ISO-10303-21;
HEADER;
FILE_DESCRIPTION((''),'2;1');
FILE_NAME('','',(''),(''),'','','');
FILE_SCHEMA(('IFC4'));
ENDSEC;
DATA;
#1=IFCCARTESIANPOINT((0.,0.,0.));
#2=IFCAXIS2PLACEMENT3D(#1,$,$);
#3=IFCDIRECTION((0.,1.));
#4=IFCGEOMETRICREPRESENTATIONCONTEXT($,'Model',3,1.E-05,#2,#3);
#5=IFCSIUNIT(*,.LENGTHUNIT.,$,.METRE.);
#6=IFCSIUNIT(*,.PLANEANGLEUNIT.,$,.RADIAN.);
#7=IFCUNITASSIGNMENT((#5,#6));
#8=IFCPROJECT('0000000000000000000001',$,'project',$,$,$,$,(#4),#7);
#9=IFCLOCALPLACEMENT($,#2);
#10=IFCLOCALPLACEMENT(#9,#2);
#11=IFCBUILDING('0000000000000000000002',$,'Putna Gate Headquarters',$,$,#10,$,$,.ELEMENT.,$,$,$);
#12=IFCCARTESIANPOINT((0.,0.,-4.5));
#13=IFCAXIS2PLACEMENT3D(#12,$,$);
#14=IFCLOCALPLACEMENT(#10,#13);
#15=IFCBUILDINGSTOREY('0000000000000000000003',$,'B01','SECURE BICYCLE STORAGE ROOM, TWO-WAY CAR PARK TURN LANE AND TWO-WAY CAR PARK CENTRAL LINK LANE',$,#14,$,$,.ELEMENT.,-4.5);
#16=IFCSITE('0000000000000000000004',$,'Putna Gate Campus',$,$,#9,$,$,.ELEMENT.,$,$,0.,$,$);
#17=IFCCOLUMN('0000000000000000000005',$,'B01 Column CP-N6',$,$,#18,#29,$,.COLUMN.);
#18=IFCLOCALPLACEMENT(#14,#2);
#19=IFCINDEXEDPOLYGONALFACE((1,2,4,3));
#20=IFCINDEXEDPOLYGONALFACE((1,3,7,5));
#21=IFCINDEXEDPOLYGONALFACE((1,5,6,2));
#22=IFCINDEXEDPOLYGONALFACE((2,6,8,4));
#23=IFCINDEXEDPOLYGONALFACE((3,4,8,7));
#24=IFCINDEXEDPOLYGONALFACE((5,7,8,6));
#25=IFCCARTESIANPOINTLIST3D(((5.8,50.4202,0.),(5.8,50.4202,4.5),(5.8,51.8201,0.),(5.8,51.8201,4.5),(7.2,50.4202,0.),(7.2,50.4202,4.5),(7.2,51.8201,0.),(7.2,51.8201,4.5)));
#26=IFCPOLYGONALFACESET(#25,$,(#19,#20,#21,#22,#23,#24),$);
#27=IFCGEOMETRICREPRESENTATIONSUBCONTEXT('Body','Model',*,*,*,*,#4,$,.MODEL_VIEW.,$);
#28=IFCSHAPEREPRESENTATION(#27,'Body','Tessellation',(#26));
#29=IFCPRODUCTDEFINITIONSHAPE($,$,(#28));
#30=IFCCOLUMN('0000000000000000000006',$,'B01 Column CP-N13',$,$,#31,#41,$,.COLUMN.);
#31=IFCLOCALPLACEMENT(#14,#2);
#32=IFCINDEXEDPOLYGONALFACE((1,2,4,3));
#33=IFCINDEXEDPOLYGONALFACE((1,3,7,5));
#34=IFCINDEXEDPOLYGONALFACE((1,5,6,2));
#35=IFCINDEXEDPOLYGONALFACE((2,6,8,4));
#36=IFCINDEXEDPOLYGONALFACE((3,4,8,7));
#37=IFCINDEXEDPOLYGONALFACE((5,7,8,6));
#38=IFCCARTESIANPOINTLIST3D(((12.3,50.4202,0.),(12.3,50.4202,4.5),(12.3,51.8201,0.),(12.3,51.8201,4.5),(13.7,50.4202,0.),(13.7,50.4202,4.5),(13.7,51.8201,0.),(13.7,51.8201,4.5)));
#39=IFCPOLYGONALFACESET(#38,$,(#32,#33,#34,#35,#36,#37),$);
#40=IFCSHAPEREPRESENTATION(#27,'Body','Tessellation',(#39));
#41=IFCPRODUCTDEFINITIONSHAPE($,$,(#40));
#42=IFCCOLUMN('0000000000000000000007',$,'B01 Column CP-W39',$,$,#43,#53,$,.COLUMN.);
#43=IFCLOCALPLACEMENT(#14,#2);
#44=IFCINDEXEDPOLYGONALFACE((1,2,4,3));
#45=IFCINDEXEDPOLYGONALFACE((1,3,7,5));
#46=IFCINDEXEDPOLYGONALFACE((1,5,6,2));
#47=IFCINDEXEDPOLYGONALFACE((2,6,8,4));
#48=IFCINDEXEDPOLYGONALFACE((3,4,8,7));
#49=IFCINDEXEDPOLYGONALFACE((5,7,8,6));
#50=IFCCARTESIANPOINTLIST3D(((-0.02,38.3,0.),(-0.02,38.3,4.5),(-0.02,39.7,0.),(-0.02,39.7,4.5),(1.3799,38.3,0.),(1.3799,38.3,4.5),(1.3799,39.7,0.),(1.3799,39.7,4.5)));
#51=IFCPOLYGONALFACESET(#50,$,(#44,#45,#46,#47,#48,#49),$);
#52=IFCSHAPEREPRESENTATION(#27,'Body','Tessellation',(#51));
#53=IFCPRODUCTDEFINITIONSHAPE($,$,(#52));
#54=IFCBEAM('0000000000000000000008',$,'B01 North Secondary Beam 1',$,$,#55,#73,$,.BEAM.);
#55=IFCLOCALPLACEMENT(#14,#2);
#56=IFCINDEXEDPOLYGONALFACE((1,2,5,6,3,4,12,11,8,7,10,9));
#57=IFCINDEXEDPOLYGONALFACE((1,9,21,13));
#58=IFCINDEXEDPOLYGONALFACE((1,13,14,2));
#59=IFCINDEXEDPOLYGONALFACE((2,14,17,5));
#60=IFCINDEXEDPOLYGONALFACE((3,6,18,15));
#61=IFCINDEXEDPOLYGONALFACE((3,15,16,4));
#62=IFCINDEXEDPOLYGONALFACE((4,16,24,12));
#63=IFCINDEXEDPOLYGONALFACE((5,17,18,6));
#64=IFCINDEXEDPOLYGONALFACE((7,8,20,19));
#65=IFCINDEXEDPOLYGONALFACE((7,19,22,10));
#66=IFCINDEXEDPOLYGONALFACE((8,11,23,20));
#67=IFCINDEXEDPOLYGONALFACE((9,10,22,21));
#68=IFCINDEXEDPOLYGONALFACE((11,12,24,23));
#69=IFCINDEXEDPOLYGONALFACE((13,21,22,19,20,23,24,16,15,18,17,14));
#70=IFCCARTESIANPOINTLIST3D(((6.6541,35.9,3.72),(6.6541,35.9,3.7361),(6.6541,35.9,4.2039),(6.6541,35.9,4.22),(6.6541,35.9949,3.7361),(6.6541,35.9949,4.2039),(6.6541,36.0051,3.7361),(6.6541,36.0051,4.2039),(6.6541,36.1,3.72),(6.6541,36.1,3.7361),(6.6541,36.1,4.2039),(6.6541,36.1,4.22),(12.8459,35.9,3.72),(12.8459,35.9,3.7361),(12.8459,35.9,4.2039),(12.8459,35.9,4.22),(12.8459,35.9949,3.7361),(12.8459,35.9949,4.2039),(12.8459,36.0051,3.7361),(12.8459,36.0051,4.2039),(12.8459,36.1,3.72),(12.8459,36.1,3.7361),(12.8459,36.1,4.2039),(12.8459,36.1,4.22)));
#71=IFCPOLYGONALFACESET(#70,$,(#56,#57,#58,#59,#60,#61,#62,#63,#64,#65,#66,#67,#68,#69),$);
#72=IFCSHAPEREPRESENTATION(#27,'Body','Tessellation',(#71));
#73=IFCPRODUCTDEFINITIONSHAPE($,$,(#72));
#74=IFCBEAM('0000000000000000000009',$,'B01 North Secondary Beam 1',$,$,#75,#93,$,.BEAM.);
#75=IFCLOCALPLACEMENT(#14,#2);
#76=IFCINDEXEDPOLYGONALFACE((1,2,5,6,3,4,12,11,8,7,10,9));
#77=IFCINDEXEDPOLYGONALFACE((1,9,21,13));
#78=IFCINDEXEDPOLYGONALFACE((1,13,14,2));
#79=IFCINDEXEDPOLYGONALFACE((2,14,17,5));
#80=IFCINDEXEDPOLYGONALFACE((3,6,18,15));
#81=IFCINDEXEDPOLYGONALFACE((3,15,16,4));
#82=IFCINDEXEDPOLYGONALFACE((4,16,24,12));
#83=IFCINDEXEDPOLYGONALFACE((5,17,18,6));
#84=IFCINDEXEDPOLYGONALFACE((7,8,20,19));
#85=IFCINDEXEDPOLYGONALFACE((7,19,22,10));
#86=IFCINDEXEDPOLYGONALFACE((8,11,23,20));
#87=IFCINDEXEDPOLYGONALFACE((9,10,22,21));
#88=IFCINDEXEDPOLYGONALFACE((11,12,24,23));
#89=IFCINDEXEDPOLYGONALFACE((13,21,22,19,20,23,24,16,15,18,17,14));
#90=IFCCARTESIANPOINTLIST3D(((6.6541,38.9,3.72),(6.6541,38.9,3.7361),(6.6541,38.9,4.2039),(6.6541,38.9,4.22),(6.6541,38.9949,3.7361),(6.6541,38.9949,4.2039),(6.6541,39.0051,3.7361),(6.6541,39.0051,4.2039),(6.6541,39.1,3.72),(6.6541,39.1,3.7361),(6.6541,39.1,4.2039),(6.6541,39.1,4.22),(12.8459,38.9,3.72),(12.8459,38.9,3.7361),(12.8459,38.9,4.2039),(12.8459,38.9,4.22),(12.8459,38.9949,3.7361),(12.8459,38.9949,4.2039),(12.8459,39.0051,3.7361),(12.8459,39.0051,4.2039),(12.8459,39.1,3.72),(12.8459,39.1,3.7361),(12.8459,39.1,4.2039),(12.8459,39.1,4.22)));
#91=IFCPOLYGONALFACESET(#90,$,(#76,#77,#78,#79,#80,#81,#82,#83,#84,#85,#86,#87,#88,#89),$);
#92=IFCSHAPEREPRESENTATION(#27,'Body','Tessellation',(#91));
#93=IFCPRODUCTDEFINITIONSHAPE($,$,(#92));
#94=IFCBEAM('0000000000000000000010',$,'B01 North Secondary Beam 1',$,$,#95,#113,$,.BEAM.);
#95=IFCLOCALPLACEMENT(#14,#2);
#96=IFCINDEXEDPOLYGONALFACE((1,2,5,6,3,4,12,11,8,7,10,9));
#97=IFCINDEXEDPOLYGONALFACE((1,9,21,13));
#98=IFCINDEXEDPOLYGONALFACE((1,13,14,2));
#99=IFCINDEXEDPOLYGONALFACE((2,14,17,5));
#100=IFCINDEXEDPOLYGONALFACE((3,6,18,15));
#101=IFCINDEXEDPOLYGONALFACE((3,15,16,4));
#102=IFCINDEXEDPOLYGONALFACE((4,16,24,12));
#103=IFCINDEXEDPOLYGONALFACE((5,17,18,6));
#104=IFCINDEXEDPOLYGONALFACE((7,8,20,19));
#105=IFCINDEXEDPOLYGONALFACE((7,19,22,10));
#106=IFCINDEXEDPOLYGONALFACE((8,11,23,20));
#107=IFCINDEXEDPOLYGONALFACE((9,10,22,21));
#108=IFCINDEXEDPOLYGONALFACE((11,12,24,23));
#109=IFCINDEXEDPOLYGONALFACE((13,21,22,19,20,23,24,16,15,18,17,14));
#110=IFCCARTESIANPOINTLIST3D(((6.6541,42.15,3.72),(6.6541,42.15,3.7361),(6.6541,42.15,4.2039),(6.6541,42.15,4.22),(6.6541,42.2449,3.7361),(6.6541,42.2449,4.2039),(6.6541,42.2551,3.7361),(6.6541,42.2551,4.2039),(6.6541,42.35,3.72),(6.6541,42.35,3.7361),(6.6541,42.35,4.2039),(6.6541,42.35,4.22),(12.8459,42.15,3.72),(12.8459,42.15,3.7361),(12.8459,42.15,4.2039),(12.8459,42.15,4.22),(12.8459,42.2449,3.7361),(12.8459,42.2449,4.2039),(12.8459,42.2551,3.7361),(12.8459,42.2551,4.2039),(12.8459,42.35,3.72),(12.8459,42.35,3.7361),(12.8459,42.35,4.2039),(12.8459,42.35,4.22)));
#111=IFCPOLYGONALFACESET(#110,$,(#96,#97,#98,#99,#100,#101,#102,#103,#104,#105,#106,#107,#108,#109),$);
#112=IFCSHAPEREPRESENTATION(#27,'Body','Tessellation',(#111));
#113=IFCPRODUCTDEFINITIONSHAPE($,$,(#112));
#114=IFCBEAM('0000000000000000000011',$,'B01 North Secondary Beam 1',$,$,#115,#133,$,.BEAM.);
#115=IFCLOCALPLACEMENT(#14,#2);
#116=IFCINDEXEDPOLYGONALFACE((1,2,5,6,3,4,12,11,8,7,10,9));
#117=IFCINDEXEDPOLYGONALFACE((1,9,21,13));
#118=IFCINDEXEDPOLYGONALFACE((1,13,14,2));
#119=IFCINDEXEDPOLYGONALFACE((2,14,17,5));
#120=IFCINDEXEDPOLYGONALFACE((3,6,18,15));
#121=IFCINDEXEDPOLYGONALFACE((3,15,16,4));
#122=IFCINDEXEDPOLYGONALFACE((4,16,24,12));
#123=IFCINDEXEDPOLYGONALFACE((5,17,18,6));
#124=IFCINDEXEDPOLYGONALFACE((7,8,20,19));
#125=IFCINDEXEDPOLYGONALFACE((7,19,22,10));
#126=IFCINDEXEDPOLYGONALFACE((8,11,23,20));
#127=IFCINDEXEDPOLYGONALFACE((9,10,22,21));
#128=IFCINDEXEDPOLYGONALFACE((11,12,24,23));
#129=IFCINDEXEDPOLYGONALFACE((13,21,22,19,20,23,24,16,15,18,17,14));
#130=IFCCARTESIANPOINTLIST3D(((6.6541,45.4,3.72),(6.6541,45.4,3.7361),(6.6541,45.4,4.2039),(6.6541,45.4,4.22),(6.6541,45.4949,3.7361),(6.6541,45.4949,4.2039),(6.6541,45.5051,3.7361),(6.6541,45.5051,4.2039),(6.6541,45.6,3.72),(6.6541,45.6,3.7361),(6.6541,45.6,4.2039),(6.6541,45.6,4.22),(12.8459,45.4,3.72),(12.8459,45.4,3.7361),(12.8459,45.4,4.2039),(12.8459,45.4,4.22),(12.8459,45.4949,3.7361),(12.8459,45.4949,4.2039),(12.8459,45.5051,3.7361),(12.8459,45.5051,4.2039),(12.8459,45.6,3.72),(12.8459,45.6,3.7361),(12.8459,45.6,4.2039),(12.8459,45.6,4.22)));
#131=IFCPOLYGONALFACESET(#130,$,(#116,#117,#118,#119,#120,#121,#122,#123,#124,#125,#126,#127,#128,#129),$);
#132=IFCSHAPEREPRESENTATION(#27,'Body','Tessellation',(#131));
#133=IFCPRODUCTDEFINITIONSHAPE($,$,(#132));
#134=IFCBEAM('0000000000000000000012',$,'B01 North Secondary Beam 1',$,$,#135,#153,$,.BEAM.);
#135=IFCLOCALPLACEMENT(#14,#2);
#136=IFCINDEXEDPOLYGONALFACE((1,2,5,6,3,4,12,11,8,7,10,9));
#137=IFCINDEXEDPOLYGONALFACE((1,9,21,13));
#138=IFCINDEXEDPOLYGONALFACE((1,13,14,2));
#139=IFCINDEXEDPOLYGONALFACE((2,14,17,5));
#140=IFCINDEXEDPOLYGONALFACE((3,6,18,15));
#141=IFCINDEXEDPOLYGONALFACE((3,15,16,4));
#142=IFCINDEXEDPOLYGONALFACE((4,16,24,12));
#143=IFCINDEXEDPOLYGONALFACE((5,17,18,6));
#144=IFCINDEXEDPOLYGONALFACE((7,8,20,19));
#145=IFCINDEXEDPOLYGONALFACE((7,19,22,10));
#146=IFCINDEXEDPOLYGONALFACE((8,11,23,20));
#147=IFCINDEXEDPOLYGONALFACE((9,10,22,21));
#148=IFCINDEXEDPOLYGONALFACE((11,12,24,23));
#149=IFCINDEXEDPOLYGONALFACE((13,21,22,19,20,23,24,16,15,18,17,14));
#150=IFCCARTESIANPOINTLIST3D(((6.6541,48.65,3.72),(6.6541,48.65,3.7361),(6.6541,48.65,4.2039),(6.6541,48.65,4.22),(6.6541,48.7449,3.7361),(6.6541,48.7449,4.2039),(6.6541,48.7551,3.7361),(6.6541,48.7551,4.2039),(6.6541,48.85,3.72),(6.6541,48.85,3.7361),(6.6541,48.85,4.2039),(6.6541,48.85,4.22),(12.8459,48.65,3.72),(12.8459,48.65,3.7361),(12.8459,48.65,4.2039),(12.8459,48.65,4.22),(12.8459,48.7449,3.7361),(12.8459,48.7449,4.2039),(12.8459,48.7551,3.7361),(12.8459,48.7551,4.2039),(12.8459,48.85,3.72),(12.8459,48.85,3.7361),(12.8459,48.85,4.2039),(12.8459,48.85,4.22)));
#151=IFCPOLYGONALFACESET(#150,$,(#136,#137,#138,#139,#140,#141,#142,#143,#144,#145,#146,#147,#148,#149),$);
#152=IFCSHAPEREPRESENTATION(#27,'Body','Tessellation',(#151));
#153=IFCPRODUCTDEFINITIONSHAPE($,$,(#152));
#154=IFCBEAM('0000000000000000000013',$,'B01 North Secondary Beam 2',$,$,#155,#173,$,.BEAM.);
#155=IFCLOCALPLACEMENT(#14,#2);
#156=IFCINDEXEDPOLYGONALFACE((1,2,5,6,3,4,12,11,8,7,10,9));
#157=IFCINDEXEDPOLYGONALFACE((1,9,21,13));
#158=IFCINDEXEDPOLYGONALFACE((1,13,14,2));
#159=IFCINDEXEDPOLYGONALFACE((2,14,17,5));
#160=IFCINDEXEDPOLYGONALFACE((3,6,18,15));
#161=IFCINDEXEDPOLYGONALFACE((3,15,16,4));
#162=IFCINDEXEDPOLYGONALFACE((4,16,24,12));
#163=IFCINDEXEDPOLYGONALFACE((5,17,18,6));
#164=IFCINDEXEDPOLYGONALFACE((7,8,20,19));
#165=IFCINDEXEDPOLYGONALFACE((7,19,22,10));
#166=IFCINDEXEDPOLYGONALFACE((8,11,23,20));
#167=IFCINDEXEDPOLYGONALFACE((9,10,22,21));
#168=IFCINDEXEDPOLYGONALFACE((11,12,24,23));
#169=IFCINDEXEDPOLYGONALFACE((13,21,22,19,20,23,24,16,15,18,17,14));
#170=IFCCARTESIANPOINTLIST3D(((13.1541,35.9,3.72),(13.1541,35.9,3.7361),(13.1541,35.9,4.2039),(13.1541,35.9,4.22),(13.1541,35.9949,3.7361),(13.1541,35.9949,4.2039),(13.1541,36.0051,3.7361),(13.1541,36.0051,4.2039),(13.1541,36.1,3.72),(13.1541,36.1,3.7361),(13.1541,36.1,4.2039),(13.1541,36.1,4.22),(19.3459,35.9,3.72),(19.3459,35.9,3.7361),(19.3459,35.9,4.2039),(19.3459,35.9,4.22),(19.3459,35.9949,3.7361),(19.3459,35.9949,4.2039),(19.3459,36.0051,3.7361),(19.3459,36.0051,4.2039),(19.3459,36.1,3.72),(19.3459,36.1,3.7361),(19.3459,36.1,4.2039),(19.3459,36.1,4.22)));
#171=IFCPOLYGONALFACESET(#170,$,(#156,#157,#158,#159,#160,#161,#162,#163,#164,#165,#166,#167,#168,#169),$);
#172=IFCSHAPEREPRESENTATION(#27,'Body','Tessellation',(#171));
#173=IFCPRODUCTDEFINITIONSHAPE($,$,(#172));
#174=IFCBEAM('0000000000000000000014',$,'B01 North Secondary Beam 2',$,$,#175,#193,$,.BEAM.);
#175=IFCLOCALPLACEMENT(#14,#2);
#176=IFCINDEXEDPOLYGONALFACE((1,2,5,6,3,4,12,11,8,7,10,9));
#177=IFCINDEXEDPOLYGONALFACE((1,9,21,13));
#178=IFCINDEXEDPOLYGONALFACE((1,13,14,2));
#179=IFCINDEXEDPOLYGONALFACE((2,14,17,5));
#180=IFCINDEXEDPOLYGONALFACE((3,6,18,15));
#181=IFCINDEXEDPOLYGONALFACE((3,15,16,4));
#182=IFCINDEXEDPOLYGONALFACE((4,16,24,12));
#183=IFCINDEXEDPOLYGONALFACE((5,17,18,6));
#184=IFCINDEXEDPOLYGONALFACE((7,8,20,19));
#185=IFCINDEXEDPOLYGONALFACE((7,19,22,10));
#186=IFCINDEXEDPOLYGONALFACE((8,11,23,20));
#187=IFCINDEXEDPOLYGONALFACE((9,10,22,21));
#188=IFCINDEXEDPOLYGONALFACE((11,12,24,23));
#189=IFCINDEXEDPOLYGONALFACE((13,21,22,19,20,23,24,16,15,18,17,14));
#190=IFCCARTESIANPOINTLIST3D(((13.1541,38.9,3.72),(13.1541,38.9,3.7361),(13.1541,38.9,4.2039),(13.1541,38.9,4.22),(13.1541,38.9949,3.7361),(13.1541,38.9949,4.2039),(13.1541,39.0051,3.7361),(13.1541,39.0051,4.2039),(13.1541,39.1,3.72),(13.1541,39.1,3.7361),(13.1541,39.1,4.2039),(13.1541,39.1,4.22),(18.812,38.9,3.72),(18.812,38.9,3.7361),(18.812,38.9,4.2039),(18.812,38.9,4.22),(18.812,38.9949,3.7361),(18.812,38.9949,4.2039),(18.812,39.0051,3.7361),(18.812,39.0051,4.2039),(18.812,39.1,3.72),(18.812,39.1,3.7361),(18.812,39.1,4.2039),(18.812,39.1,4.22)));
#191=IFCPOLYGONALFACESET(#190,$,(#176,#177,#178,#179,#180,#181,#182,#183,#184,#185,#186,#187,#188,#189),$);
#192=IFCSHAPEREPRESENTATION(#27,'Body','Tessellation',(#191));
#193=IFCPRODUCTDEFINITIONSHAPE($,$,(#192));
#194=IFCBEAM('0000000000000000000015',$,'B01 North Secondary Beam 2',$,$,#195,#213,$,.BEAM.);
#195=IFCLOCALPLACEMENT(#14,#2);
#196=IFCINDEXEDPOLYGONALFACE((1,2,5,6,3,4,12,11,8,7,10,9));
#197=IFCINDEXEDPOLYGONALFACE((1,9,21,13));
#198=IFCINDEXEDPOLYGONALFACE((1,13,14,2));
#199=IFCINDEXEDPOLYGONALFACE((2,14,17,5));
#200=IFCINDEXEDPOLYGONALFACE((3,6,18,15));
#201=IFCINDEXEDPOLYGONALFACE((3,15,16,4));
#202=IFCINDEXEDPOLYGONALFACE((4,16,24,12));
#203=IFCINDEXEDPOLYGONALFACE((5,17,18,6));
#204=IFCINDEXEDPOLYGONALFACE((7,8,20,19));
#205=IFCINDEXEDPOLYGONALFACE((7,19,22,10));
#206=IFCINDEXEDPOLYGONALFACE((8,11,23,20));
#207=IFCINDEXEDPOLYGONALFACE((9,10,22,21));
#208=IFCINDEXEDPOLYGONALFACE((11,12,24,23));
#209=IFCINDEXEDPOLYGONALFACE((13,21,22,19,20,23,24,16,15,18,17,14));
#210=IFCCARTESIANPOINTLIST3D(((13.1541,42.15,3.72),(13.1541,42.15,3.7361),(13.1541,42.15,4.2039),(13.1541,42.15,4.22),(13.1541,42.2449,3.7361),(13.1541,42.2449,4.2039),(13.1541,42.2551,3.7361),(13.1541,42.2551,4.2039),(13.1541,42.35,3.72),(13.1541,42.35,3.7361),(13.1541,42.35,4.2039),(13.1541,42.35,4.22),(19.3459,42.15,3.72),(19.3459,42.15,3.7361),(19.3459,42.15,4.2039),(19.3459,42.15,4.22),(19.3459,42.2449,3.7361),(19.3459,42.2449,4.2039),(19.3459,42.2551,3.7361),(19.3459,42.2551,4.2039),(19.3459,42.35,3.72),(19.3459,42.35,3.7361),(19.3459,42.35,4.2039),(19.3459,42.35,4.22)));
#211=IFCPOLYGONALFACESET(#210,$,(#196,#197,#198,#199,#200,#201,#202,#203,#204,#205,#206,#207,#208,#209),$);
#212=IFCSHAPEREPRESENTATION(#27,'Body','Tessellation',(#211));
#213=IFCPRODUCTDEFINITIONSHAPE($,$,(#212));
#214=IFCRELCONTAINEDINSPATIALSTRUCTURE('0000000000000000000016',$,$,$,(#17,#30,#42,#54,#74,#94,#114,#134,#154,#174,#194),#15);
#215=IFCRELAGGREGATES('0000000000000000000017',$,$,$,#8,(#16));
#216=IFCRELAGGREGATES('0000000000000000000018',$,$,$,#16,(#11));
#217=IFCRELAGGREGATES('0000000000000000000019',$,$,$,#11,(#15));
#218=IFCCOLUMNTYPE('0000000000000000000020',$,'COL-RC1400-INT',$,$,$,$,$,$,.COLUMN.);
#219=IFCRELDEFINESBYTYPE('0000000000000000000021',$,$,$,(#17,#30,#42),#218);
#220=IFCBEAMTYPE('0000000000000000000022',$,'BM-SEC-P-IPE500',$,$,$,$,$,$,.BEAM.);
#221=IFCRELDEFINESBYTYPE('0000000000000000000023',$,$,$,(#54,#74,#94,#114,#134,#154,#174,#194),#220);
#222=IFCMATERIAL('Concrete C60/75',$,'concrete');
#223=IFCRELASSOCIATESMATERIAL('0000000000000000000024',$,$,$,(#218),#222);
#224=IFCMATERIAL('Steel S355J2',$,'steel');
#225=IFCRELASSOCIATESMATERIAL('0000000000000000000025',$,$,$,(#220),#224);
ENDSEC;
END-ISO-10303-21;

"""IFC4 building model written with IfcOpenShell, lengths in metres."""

from ifc_helpers import new_model, si_unit, direction, frame, origin, origin_2d, place, context, subcontext, project, spatial, rectangle, i_section, extrude, material, material_profile, profile_set, type_object, element, save


model = new_model("IFC4")

# Units and contexts
model_context = context("Model", 3, precision=1e-05, world=origin(), true_north=direction((0.0, 1.0)))
body_context = subcontext(model_context, "Body", "Model", "MODEL_VIEW")
ifc_project = project(units=[si_unit("LENGTHUNIT", "METRE"), si_unit("PLANEANGLEUNIT", "RADIAN")], contexts=[model_context])

# Site, building, storey
site_placement = place(None, origin())
site = spatial("IfcSite", under=ifc_project, at=site_placement, Name="Putna Gate Campus", CompositionType="ELEMENT", RefElevation=0.0)
building_placement = place(site_placement, origin())
building = spatial("IfcBuilding", under=site, at=building_placement, Name="Putna Gate Headquarters", CompositionType="ELEMENT")
storey_placement = place(building_placement, frame((0.0, 0.0, -4.5)))
storey = spatial("IfcBuildingStorey", under=building, at=storey_placement, Name="B01", Description="SECURE BICYCLE STORAGE ROOM, TWO-WAY CAR PARK TURN LANE AND TWO-WAY CAR PARK CENTRAL LINK LANE", CompositionType="ELEMENT", Elevation=-4.5)

# Columns
ifc_material_1 = material(Name="Concrete C60/75", Category="concrete")
ifc_material_profile_1 = material_profile(ifc_material_1, rectangle(XDim=1.3999, YDim=1.3999, at=origin_2d()), Name="Concrete C60/75")
ifc_profile_set_1 = profile_set([ifc_material_profile_1], Name="Concrete C60/75")
column_type = type_object("IfcColumnType", Name="COL-RC1400-INT", PredefinedType="COLUMN", material=ifc_profile_set_1)
for number, where, z_axis, x_axis, name in (
    (1, (6.5, 51.1201, 0.0), (0.0, 0.0, 1.0), (1.0, 0.0, 0.0), "B01 Column CP-N6"),
    (2, (13.0, 51.1201, 0.0), (0.0, 0.0, 1.0), (1.0, 0.0, 0.0), "B01 Column CP-N13"),
    (3, (0.6799, 39.0, 0.0), (0.0, 0.0, 1.0), (1.0, 0.0, 0.0), "B01 Column CP-W39"),
):
    element("IfcColumn", number, at=place(storey_placement, frame(where, z_axis=z_axis, x_axis=x_axis)), inside=storey, type_object=column_type, Name=name, PredefinedType="COLUMN", context=body_context, shape_type="SweptSolid", body=[
        extrude(rectangle(XDim=1.3999, YDim=1.3999, at=origin_2d()), origin(), (0.0, 0.0, 1.0), 4.5),
    ])

# Beams
ifc_material_2 = material(Name="Steel S355J2", Category="steel")
ifc_material_profile_2 = material_profile(ifc_material_2, i_section(OverallWidth=0.2, OverallDepth=0.5, WebThickness=0.0103, FlangeThickness=0.0161, at=origin_2d()), Name="Steel S355J2")
ifc_profile_set_2 = profile_set([ifc_material_profile_2], Name="Steel S355J2")
beam_type_1 = type_object("IfcBeamType", Name="BM-SEC-P-IPE500", PredefinedType="BEAM", material=ifc_profile_set_2)
for number, where, z_axis, x_axis, name in (
    (4, (6.6541, 36.0, 3.97), (1.0, 0.0, 0.0), (0.0, 1.0, 0.0), "B01 North Secondary Beam 1"),
    (5, (6.6541, 39.0, 3.97), (1.0, 0.0, 0.0), (0.0, 1.0, 0.0), "B01 North Secondary Beam 1"),
    (6, (6.6541, 42.25, 3.97), (1.0, 0.0, 0.0), (0.0, 1.0, 0.0), "B01 North Secondary Beam 1"),
    (7, (6.6541, 45.5, 3.97), (1.0, 0.0, 0.0), (0.0, 1.0, 0.0), "B01 North Secondary Beam 1"),
    (8, (6.6541, 48.75, 3.97), (1.0, 0.0, 0.0), (0.0, 1.0, 0.0), "B01 North Secondary Beam 1"),
    (9, (13.1541, 36.0, 3.97), (1.0, 0.0, 0.0), (0.0, 1.0, 0.0), "B01 North Secondary Beam 2"),
):
    element("IfcBeam", number, at=place(storey_placement, frame(where, z_axis=z_axis, x_axis=x_axis)), inside=storey, type_object=beam_type_1, Name=name, PredefinedType="BEAM", context=body_context, shape_type="SweptSolid", body=[
        extrude(i_section(OverallWidth=0.2, OverallDepth=0.5, WebThickness=0.0103, FlangeThickness=0.0161, at=origin_2d()), origin(), (0.0, 0.0, 1.0), 6.1919),
    ])
beam_placement = place(storey_placement, frame((13.1541, 39.0, 3.97), z_axis=(1.0, 0.0, 0.0), x_axis=(0.0, 1.0, 0.0)))
element("IfcBeam", 10, at=beam_placement, inside=storey, type_object=beam_type_1, Name="B01 North Secondary Beam 2", PredefinedType="BEAM", context=body_context, shape_type="SweptSolid", body=[
    extrude(i_section(OverallWidth=0.2, OverallDepth=0.5, WebThickness=0.0103, FlangeThickness=0.0161, at=origin_2d()), origin(), (0.0, 0.0, 1.0), 5.658),
])
for number, where, z_axis, x_axis, name in (
    (11, (13.1541, 42.25, 3.97), (1.0, 0.0, 0.0), (0.0, 1.0, 0.0), "B01 North Secondary Beam 2"),
):
    element("IfcBeam", number, at=place(storey_placement, frame(where, z_axis=z_axis, x_axis=x_axis)), inside=storey, type_object=beam_type_1, Name=name, PredefinedType="BEAM", context=body_context, shape_type="SweptSolid", body=[
        extrude(i_section(OverallWidth=0.2, OverallDepth=0.5, WebThickness=0.0103, FlangeThickness=0.0161, at=origin_2d()), origin(), (0.0, 0.0, 1.0), 6.1919),
    ])

save(model, "model.ifc")
